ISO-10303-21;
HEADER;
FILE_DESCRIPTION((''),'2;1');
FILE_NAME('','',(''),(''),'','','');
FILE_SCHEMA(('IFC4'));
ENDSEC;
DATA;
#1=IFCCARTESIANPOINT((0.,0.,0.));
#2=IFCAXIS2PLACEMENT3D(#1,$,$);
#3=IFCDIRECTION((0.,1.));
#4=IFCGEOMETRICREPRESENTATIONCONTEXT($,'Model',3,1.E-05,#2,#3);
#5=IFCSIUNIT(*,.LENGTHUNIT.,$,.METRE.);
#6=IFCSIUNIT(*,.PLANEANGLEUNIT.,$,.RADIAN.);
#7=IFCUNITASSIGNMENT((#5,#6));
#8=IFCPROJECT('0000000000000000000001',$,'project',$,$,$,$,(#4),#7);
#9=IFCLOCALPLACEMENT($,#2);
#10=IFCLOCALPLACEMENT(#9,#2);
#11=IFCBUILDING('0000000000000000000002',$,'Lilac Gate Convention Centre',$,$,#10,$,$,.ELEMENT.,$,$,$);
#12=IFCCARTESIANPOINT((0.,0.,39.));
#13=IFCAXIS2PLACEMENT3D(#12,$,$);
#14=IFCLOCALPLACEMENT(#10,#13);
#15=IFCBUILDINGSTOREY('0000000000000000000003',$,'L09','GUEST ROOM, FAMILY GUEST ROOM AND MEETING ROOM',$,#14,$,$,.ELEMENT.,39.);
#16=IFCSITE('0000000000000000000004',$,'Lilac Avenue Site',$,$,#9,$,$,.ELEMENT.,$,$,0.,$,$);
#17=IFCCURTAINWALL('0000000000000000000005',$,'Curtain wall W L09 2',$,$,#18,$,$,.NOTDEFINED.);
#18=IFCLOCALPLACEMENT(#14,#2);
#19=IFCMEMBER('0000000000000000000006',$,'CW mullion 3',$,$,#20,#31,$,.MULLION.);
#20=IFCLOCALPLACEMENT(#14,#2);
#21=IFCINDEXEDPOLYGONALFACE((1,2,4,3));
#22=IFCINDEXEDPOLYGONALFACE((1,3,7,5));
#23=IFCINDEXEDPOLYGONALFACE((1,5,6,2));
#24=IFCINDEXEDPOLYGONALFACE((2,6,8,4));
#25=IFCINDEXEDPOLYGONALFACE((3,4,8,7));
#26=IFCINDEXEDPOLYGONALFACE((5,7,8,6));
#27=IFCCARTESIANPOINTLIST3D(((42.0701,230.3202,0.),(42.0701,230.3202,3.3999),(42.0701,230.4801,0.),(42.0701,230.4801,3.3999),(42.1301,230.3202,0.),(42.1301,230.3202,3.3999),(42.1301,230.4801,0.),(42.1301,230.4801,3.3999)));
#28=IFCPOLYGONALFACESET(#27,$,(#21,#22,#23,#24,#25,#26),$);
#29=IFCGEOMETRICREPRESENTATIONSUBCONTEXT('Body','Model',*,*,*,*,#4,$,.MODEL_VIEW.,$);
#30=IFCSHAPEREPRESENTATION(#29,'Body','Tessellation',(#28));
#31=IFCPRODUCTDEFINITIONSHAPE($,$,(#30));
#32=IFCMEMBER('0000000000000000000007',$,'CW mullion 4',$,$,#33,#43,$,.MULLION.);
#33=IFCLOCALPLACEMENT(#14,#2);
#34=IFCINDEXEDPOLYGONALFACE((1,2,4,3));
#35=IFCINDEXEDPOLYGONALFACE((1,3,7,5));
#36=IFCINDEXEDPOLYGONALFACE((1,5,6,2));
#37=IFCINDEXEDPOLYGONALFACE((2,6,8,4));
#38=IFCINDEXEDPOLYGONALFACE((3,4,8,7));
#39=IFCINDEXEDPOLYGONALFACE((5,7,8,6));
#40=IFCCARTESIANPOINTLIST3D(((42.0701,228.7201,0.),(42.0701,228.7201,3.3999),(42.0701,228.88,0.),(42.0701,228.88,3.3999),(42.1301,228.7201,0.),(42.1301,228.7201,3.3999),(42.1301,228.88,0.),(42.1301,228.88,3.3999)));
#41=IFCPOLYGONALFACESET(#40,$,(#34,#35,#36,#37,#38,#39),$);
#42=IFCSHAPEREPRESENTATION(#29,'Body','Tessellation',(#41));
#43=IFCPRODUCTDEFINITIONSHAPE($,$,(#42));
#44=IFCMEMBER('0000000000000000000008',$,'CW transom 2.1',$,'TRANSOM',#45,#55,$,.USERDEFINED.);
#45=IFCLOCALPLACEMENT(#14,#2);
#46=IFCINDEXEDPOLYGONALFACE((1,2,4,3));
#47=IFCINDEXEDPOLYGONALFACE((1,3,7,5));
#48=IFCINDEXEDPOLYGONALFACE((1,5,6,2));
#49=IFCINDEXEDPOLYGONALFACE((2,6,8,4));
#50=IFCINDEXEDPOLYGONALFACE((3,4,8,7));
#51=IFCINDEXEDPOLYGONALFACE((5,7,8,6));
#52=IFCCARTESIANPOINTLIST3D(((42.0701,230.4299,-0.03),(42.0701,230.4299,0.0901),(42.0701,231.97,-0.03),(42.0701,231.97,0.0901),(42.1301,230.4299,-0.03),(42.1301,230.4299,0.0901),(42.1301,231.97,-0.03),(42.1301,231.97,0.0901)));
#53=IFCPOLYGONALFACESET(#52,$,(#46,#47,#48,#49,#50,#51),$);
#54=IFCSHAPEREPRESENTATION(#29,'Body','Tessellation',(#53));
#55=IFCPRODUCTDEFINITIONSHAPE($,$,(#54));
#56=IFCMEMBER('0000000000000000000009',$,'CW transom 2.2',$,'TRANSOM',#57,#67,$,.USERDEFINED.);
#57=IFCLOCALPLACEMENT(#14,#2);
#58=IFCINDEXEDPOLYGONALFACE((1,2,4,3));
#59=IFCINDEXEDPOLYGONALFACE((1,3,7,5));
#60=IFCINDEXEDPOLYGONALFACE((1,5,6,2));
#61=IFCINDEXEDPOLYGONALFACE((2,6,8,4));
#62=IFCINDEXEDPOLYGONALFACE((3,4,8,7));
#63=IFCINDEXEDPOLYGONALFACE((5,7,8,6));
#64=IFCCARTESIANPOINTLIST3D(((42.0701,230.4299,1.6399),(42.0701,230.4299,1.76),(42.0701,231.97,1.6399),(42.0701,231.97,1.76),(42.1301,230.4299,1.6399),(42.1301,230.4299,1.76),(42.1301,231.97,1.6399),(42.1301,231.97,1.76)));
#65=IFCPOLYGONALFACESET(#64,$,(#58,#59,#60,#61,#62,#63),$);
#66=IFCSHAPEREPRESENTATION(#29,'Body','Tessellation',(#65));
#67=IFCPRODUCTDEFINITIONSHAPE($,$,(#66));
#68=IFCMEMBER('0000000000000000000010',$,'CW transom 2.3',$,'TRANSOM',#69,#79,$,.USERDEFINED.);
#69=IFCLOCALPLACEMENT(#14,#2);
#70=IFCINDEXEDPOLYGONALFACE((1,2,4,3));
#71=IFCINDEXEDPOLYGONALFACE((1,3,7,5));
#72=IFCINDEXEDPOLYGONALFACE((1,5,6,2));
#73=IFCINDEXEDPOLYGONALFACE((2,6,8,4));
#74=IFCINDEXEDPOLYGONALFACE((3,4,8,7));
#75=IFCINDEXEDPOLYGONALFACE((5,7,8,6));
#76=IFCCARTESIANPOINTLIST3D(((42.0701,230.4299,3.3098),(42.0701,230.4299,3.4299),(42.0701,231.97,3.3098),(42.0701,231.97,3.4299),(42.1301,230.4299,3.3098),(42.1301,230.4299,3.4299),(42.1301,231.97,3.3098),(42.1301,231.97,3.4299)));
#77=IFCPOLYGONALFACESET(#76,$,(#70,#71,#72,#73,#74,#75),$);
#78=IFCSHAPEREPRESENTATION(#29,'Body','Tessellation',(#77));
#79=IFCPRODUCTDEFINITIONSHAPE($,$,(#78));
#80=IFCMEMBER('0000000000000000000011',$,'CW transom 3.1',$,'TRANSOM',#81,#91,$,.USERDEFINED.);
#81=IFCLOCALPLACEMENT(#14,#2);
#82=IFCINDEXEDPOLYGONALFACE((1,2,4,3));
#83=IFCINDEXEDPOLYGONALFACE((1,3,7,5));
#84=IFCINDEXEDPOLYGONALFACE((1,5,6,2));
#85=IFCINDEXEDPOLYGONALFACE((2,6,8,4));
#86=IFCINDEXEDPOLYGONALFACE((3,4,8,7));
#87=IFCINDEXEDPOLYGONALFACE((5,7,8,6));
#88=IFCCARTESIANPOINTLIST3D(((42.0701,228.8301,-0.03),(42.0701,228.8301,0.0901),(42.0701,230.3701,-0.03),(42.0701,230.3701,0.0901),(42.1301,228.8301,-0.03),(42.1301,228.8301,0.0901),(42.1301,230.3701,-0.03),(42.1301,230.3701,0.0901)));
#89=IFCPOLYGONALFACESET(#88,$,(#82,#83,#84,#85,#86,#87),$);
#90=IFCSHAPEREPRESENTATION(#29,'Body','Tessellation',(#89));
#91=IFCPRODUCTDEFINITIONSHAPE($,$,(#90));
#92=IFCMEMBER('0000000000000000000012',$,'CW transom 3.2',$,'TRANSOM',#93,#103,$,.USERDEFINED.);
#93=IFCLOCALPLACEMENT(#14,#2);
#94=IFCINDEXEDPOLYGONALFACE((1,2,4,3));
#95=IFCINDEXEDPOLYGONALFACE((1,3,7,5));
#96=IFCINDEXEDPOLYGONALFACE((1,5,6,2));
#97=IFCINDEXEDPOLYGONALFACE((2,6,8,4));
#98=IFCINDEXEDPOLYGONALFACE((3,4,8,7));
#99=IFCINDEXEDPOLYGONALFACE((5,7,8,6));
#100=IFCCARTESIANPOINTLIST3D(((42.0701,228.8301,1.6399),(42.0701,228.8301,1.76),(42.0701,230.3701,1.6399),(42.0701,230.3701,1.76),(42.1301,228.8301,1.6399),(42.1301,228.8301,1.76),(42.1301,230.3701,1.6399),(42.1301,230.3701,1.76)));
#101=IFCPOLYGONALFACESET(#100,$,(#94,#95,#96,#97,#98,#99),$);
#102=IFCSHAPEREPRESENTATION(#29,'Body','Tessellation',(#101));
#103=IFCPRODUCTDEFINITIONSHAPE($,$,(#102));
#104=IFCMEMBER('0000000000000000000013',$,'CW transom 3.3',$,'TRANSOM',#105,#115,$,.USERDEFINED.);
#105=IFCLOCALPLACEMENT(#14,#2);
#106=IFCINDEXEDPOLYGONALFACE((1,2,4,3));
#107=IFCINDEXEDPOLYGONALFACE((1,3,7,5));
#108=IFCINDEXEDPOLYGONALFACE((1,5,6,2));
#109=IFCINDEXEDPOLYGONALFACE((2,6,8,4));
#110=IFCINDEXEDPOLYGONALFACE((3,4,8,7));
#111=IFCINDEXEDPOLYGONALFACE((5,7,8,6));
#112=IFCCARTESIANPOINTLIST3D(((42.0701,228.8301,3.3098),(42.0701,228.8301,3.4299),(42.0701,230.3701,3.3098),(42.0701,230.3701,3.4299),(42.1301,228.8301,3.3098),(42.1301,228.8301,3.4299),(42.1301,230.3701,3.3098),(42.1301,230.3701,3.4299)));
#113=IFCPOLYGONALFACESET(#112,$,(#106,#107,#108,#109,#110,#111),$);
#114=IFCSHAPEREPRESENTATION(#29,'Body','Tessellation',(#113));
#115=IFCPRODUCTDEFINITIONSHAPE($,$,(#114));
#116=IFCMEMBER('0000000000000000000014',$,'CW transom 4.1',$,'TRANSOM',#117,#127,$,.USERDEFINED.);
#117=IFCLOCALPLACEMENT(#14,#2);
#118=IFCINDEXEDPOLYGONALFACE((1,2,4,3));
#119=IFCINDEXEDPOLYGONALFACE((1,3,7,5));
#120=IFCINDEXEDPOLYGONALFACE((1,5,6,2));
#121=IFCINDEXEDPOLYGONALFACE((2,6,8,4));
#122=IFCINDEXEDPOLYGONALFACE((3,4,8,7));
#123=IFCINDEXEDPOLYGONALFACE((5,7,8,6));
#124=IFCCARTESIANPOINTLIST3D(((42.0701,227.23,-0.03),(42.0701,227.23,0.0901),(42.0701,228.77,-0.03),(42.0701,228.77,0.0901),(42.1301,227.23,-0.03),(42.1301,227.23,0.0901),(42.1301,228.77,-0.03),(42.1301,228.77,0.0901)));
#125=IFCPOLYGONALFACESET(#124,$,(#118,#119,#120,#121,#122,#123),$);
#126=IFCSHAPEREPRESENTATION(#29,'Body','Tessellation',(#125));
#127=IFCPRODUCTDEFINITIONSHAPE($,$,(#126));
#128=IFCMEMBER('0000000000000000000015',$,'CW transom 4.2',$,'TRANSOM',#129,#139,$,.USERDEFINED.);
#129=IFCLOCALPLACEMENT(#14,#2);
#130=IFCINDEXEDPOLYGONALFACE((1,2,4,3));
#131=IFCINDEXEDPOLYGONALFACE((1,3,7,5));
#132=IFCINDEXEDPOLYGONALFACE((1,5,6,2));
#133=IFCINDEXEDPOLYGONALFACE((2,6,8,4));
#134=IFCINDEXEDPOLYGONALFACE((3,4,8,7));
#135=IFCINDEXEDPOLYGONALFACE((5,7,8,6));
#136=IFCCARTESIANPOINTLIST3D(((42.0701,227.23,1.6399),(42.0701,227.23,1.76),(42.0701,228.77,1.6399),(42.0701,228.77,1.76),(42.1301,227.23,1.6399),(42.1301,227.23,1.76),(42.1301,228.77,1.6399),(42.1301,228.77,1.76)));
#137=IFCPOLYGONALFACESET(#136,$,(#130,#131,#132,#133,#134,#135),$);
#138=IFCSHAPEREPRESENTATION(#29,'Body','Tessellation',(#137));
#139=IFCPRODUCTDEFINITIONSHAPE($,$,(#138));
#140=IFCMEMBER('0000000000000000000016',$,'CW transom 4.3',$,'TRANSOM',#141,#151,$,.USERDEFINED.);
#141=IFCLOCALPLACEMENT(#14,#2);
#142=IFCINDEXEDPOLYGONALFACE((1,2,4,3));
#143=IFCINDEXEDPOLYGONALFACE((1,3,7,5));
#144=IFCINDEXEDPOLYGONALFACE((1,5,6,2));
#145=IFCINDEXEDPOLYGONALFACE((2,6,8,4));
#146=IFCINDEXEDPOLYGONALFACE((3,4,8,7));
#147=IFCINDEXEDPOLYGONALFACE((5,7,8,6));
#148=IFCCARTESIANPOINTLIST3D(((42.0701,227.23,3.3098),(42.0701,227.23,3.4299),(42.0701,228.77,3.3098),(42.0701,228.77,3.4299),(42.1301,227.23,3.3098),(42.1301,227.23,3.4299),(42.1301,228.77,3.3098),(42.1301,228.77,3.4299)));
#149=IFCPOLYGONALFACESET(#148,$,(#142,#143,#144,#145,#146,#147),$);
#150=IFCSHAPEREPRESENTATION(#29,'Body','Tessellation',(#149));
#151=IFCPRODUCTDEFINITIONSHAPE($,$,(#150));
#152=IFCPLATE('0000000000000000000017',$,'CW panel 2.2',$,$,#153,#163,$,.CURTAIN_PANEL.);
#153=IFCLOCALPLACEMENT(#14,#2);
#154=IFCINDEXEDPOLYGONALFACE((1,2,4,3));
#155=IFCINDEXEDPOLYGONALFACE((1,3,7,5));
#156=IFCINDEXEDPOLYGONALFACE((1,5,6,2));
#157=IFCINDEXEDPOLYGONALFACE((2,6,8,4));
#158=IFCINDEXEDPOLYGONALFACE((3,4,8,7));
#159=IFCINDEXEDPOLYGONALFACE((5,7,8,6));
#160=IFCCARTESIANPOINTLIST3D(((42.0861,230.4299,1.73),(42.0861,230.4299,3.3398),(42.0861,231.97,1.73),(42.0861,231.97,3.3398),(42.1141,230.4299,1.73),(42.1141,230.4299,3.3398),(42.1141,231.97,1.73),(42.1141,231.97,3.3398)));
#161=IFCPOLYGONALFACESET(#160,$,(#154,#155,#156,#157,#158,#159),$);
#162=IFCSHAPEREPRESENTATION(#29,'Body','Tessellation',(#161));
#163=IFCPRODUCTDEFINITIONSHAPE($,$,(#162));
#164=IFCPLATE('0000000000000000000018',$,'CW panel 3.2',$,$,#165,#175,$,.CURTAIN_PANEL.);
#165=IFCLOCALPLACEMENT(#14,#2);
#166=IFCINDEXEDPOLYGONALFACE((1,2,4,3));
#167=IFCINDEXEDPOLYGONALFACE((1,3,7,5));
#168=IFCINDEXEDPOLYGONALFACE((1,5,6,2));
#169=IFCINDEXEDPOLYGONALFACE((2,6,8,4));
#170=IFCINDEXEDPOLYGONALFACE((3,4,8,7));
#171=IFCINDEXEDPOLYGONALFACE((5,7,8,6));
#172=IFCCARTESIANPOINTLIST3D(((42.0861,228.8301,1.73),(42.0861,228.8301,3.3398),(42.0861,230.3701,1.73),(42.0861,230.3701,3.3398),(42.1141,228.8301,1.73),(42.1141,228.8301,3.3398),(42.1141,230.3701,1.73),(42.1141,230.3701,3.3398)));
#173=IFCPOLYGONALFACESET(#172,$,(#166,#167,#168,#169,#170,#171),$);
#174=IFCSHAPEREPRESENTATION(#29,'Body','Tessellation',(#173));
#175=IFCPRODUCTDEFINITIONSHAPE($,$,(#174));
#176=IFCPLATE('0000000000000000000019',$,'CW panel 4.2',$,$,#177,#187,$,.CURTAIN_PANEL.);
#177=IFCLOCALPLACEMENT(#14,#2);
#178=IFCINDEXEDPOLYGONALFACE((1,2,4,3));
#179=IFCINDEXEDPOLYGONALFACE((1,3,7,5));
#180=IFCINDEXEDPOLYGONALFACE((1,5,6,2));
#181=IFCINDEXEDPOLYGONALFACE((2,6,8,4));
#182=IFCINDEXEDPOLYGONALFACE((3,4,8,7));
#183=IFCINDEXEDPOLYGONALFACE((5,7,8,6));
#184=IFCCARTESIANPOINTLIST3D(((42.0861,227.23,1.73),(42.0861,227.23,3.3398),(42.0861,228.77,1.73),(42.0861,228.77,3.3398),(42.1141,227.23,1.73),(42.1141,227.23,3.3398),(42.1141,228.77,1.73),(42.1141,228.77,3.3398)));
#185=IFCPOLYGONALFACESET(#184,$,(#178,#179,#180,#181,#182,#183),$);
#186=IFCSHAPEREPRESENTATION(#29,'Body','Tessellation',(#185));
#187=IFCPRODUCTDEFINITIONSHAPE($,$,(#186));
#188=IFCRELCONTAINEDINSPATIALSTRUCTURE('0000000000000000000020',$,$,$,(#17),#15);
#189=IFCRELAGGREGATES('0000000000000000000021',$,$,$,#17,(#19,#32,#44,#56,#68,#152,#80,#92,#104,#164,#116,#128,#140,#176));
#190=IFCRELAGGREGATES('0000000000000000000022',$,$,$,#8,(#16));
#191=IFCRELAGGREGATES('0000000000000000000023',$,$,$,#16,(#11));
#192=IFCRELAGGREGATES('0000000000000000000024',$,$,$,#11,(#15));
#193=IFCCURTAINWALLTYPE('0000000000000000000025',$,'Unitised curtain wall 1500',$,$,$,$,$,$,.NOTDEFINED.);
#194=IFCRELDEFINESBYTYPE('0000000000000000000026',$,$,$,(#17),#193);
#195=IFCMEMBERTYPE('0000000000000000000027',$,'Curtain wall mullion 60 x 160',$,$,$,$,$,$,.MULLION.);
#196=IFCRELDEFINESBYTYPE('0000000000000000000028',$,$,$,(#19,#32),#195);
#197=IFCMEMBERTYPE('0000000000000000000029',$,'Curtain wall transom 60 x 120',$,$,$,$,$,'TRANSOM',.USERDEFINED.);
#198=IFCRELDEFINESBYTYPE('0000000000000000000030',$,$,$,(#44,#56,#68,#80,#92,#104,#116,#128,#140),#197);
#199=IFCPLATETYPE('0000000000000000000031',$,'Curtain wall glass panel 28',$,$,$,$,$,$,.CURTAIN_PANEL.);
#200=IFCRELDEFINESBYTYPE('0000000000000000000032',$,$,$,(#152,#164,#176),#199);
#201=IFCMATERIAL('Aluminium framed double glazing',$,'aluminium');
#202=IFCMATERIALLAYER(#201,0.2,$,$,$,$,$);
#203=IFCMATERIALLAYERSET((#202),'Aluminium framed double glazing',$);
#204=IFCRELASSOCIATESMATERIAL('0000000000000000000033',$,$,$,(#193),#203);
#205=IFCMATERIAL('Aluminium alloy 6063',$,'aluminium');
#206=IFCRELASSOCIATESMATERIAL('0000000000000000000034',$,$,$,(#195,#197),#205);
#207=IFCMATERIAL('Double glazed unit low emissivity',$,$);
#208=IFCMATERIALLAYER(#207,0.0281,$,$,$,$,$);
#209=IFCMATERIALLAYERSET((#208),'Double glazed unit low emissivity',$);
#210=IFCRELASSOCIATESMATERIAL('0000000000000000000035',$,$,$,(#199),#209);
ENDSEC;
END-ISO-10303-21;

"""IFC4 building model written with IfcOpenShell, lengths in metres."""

from ifc_helpers import new_model, si_unit, direction, frame, origin, origin_2d, place, context, subcontext, project, spatial, rectangle, extrude, material, layer, layer_set, material_profile, profile_set, type_object, element, aggregate, save


model = new_model("IFC4")

# Units and contexts
model_context = context("Model", 3, precision=1e-05, world=origin(), true_north=direction((0.0, 1.0)))
body_context = subcontext(model_context, "Body", "Model", "MODEL_VIEW")
ifc_project = project(units=[si_unit("LENGTHUNIT", "METRE"), si_unit("PLANEANGLEUNIT", "RADIAN")], contexts=[model_context])

# Site, building, storey
site_placement = place(None, origin())
site = spatial("IfcSite", under=ifc_project, at=site_placement, Name="Lilac Avenue Site", CompositionType="ELEMENT", RefElevation=0.0)
building_placement = place(site_placement, origin())
building = spatial("IfcBuilding", under=site, at=building_placement, Name="Lilac Gate Convention Centre", CompositionType="ELEMENT")
storey_placement = place(building_placement, frame((0.0, 0.0, 39.0)))
storey = spatial("IfcBuildingStorey", under=building, at=storey_placement, Name="L09", Description="GUEST ROOM, FAMILY GUEST ROOM AND MEETING ROOM", CompositionType="ELEMENT", Elevation=39.0)

# Curtain wall, members, plates
ifc_material_1 = material(Name="Aluminium framed double glazing", Category="aluminium")
ifc_layer_1 = layer(ifc_material_1, 0.2)
ifc_layer_set_1 = layer_set([ifc_layer_1], Name="Aluminium framed double glazing")
curtain_wall_type = type_object("IfcCurtainWallType", Name="Unitised curtain wall 1500", PredefinedType="NOTDEFINED", material=ifc_layer_set_1)
curtain_wall_placement = place(storey_placement, origin())
curtain_wall = element("IfcCurtainWall", 1, at=curtain_wall_placement, inside=storey, type_object=curtain_wall_type, Name="Curtain wall W L09 2", PredefinedType="NOTDEFINED")
ifc_material_2 = material(Name="Aluminium alloy 6063", Category="aluminium")
ifc_material_profile_1 = material_profile(ifc_material_2, rectangle(XDim=0.0601, YDim=0.1599, at=origin_2d()), Name="Curtain wall mullion 60 x 160")
ifc_profile_set_1 = profile_set([ifc_material_profile_1], Name="Aluminium alloy 6063")
member_type_1 = type_object("IfcMemberType", Name="Curtain wall mullion 60 x 160", PredefinedType="MULLION", material=ifc_profile_set_1)
member_1_placement = place(storey_placement, frame((42.1001, 230.4001, 0.0), z_axis=(0.0, 0.0, 1.0), x_axis=(1.0, 0.0, 0.0)))
member_1 = element("IfcMember", 2, at=member_1_placement, type_object=member_type_1, Name="CW mullion 3", PredefinedType="MULLION", context=body_context, shape_type="SweptSolid", body=[
    extrude(rectangle(XDim=0.0601, YDim=0.1599, at=origin_2d()), origin(), (0.0, 0.0, 1.0), 3.3999),
])
member_2_placement = place(storey_placement, frame((42.1001, 228.8, 0.0), z_axis=(0.0, 0.0, 1.0), x_axis=(1.0, 0.0, 0.0)))
member_2 = element("IfcMember", 3, at=member_2_placement, type_object=member_type_1, Name="CW mullion 4", PredefinedType="MULLION", context=body_context, shape_type="SweptSolid", body=[
    extrude(rectangle(XDim=0.0601, YDim=0.1599, at=origin_2d()), origin(), (0.0, 0.0, 1.0), 3.3999),
])
ifc_material_profile_2 = material_profile(ifc_material_2, rectangle(XDim=0.0601, YDim=0.1201, at=origin_2d()), Name="Curtain wall transom 60 x 120")
ifc_profile_set_2 = profile_set([ifc_material_profile_2], Name="Aluminium alloy 6063")
member_type_2 = type_object("IfcMemberType", Name="Curtain wall transom 60 x 120", ElementType="TRANSOM", PredefinedType="USERDEFINED", material=ifc_profile_set_2)
member_3_placement = place(storey_placement, frame((42.1001, 231.97, 0.03), z_axis=(0.0, -1.0, 0.0), x_axis=(1.0, 0.0, 0.0)))
member_3 = element("IfcMember", 4, at=member_3_placement, type_object=member_type_2, Name="CW transom 2.1", ObjectType="TRANSOM", PredefinedType="USERDEFINED", context=body_context, shape_type="SweptSolid", body=[
    extrude(rectangle(XDim=0.0601, YDim=0.1201, at=origin_2d()), origin(), (0.0, 0.0, 1.0), 1.54),
])
member_4_placement = place(storey_placement, frame((42.1001, 231.97, 1.7), z_axis=(0.0, -1.0, 0.0), x_axis=(1.0, 0.0, 0.0)))
member_4 = element("IfcMember", 5, at=member_4_placement, type_object=member_type_2, Name="CW transom 2.2", ObjectType="TRANSOM", PredefinedType="USERDEFINED", context=body_context, shape_type="SweptSolid", body=[
    extrude(rectangle(XDim=0.0601, YDim=0.1201, at=origin_2d()), origin(), (0.0, 0.0, 1.0), 1.54),
])
member_5_placement = place(storey_placement, frame((42.1001, 231.97, 3.3699), z_axis=(0.0, -1.0, 0.0), x_axis=(1.0, 0.0, 0.0)))
member_5 = element("IfcMember", 6, at=member_5_placement, type_object=member_type_2, Name="CW transom 2.3", ObjectType="TRANSOM", PredefinedType="USERDEFINED", context=body_context, shape_type="SweptSolid", body=[
    extrude(rectangle(XDim=0.0601, YDim=0.1201, at=origin_2d()), origin(), (0.0, 0.0, 1.0), 1.54),
])
member_6_placement = place(storey_placement, frame((42.1001, 230.3701, 0.03), z_axis=(0.0, -1.0, 0.0), x_axis=(1.0, 0.0, 0.0)))
member_6 = element("IfcMember", 7, at=member_6_placement, type_object=member_type_2, Name="CW transom 3.1", ObjectType="TRANSOM", PredefinedType="USERDEFINED", context=body_context, shape_type="SweptSolid", body=[
    extrude(rectangle(XDim=0.0601, YDim=0.1201, at=origin_2d()), origin(), (0.0, 0.0, 1.0), 1.54),
])
member_7_placement = place(storey_placement, frame((42.1001, 230.3701, 1.7), z_axis=(0.0, -1.0, 0.0), x_axis=(1.0, 0.0, 0.0)))
member_7 = element("IfcMember", 8, at=member_7_placement, type_object=member_type_2, Name="CW transom 3.2", ObjectType="TRANSOM", PredefinedType="USERDEFINED", context=body_context, shape_type="SweptSolid", body=[
    extrude(rectangle(XDim=0.0601, YDim=0.1201, at=origin_2d()), origin(), (0.0, 0.0, 1.0), 1.54),
])
member_8_placement = place(storey_placement, frame((42.1001, 230.3701, 3.3699), z_axis=(0.0, -1.0, 0.0), x_axis=(1.0, 0.0, 0.0)))
member_8 = element("IfcMember", 9, at=member_8_placement, type_object=member_type_2, Name="CW transom 3.3", ObjectType="TRANSOM", PredefinedType="USERDEFINED", context=body_context, shape_type="SweptSolid", body=[
    extrude(rectangle(XDim=0.0601, YDim=0.1201, at=origin_2d()), origin(), (0.0, 0.0, 1.0), 1.54),
])
member_9_placement = place(storey_placement, frame((42.1001, 228.77, 0.03), z_axis=(0.0, -1.0, 0.0), x_axis=(1.0, 0.0, 0.0)))
member_9 = element("IfcMember", 10, at=member_9_placement, type_object=member_type_2, Name="CW transom 4.1", ObjectType="TRANSOM", PredefinedType="USERDEFINED", context=body_context, shape_type="SweptSolid", body=[
    extrude(rectangle(XDim=0.0601, YDim=0.1201, at=origin_2d()), origin(), (0.0, 0.0, 1.0), 1.54),
])
member_10_placement = place(storey_placement, frame((42.1001, 228.77, 1.7), z_axis=(0.0, -1.0, 0.0), x_axis=(1.0, 0.0, 0.0)))
member_10 = element("IfcMember", 11, at=member_10_placement, type_object=member_type_2, Name="CW transom 4.2", ObjectType="TRANSOM", PredefinedType="USERDEFINED", context=body_context, shape_type="SweptSolid", body=[
    extrude(rectangle(XDim=0.0601, YDim=0.1201, at=origin_2d()), origin(), (0.0, 0.0, 1.0), 1.54),
])
member_11_placement = place(storey_placement, frame((42.1001, 228.77, 3.3699), z_axis=(0.0, -1.0, 0.0), x_axis=(1.0, 0.0, 0.0)))
member_11 = element("IfcMember", 12, at=member_11_placement, type_object=member_type_2, Name="CW transom 4.3", ObjectType="TRANSOM", PredefinedType="USERDEFINED", context=body_context, shape_type="SweptSolid", body=[
    extrude(rectangle(XDim=0.0601, YDim=0.1201, at=origin_2d()), origin(), (0.0, 0.0, 1.0), 1.54),
])
ifc_material_3 = material(Name="Double glazed unit low emissivity")
ifc_layer_2 = layer(ifc_material_3, 0.0281)
ifc_layer_set_2 = layer_set([ifc_layer_2], Name="Double glazed unit low emissivity")
plate_type_1 = type_object("IfcPlateType", Name="Curtain wall glass panel 28", PredefinedType="CURTAIN_PANEL", material=ifc_layer_set_2)
plate_1_placement = place(storey_placement, frame((42.1001, 231.2, 1.73), z_axis=(0.0, 0.0, 1.0), x_axis=(0.0, -1.0, 0.0)))
plate_1 = element("IfcPlate", 13, at=plate_1_placement, type_object=plate_type_1, Name="CW panel 2.2", PredefinedType="CURTAIN_PANEL", context=body_context, shape_type="SweptSolid", body=[
    extrude(rectangle(XDim=1.54, YDim=0.0281, at=origin_2d()), origin(), (0.0, 0.0, 1.0), 1.6099),
])
plate_2_placement = place(storey_placement, frame((42.1001, 229.6001, 1.73), z_axis=(0.0, 0.0, 1.0), x_axis=(0.0, -1.0, 0.0)))
plate_2 = element("IfcPlate", 14, at=plate_2_placement, type_object=plate_type_1, Name="CW panel 3.2", PredefinedType="CURTAIN_PANEL", context=body_context, shape_type="SweptSolid", body=[
    extrude(rectangle(XDim=1.54, YDim=0.0281, at=origin_2d()), origin(), (0.0, 0.0, 1.0), 1.6099),
])
plate_3_placement = place(storey_placement, frame((42.1001, 228.0, 1.73), z_axis=(0.0, 0.0, 1.0), x_axis=(0.0, -1.0, 0.0)))
plate_3 = element("IfcPlate", 15, at=plate_3_placement, type_object=plate_type_1, Name="CW panel 4.2", PredefinedType="CURTAIN_PANEL", context=body_context, shape_type="SweptSolid", body=[
    extrude(rectangle(XDim=1.54, YDim=0.0281, at=origin_2d()), origin(), (0.0, 0.0, 1.0), 1.6099),
])
aggregate(curtain_wall, [member_1, member_2, member_3, member_4, member_5, plate_1, member_6, member_7, member_8, plate_2, member_9, member_10, member_11, plate_3])

save(model, "model.ifc")
